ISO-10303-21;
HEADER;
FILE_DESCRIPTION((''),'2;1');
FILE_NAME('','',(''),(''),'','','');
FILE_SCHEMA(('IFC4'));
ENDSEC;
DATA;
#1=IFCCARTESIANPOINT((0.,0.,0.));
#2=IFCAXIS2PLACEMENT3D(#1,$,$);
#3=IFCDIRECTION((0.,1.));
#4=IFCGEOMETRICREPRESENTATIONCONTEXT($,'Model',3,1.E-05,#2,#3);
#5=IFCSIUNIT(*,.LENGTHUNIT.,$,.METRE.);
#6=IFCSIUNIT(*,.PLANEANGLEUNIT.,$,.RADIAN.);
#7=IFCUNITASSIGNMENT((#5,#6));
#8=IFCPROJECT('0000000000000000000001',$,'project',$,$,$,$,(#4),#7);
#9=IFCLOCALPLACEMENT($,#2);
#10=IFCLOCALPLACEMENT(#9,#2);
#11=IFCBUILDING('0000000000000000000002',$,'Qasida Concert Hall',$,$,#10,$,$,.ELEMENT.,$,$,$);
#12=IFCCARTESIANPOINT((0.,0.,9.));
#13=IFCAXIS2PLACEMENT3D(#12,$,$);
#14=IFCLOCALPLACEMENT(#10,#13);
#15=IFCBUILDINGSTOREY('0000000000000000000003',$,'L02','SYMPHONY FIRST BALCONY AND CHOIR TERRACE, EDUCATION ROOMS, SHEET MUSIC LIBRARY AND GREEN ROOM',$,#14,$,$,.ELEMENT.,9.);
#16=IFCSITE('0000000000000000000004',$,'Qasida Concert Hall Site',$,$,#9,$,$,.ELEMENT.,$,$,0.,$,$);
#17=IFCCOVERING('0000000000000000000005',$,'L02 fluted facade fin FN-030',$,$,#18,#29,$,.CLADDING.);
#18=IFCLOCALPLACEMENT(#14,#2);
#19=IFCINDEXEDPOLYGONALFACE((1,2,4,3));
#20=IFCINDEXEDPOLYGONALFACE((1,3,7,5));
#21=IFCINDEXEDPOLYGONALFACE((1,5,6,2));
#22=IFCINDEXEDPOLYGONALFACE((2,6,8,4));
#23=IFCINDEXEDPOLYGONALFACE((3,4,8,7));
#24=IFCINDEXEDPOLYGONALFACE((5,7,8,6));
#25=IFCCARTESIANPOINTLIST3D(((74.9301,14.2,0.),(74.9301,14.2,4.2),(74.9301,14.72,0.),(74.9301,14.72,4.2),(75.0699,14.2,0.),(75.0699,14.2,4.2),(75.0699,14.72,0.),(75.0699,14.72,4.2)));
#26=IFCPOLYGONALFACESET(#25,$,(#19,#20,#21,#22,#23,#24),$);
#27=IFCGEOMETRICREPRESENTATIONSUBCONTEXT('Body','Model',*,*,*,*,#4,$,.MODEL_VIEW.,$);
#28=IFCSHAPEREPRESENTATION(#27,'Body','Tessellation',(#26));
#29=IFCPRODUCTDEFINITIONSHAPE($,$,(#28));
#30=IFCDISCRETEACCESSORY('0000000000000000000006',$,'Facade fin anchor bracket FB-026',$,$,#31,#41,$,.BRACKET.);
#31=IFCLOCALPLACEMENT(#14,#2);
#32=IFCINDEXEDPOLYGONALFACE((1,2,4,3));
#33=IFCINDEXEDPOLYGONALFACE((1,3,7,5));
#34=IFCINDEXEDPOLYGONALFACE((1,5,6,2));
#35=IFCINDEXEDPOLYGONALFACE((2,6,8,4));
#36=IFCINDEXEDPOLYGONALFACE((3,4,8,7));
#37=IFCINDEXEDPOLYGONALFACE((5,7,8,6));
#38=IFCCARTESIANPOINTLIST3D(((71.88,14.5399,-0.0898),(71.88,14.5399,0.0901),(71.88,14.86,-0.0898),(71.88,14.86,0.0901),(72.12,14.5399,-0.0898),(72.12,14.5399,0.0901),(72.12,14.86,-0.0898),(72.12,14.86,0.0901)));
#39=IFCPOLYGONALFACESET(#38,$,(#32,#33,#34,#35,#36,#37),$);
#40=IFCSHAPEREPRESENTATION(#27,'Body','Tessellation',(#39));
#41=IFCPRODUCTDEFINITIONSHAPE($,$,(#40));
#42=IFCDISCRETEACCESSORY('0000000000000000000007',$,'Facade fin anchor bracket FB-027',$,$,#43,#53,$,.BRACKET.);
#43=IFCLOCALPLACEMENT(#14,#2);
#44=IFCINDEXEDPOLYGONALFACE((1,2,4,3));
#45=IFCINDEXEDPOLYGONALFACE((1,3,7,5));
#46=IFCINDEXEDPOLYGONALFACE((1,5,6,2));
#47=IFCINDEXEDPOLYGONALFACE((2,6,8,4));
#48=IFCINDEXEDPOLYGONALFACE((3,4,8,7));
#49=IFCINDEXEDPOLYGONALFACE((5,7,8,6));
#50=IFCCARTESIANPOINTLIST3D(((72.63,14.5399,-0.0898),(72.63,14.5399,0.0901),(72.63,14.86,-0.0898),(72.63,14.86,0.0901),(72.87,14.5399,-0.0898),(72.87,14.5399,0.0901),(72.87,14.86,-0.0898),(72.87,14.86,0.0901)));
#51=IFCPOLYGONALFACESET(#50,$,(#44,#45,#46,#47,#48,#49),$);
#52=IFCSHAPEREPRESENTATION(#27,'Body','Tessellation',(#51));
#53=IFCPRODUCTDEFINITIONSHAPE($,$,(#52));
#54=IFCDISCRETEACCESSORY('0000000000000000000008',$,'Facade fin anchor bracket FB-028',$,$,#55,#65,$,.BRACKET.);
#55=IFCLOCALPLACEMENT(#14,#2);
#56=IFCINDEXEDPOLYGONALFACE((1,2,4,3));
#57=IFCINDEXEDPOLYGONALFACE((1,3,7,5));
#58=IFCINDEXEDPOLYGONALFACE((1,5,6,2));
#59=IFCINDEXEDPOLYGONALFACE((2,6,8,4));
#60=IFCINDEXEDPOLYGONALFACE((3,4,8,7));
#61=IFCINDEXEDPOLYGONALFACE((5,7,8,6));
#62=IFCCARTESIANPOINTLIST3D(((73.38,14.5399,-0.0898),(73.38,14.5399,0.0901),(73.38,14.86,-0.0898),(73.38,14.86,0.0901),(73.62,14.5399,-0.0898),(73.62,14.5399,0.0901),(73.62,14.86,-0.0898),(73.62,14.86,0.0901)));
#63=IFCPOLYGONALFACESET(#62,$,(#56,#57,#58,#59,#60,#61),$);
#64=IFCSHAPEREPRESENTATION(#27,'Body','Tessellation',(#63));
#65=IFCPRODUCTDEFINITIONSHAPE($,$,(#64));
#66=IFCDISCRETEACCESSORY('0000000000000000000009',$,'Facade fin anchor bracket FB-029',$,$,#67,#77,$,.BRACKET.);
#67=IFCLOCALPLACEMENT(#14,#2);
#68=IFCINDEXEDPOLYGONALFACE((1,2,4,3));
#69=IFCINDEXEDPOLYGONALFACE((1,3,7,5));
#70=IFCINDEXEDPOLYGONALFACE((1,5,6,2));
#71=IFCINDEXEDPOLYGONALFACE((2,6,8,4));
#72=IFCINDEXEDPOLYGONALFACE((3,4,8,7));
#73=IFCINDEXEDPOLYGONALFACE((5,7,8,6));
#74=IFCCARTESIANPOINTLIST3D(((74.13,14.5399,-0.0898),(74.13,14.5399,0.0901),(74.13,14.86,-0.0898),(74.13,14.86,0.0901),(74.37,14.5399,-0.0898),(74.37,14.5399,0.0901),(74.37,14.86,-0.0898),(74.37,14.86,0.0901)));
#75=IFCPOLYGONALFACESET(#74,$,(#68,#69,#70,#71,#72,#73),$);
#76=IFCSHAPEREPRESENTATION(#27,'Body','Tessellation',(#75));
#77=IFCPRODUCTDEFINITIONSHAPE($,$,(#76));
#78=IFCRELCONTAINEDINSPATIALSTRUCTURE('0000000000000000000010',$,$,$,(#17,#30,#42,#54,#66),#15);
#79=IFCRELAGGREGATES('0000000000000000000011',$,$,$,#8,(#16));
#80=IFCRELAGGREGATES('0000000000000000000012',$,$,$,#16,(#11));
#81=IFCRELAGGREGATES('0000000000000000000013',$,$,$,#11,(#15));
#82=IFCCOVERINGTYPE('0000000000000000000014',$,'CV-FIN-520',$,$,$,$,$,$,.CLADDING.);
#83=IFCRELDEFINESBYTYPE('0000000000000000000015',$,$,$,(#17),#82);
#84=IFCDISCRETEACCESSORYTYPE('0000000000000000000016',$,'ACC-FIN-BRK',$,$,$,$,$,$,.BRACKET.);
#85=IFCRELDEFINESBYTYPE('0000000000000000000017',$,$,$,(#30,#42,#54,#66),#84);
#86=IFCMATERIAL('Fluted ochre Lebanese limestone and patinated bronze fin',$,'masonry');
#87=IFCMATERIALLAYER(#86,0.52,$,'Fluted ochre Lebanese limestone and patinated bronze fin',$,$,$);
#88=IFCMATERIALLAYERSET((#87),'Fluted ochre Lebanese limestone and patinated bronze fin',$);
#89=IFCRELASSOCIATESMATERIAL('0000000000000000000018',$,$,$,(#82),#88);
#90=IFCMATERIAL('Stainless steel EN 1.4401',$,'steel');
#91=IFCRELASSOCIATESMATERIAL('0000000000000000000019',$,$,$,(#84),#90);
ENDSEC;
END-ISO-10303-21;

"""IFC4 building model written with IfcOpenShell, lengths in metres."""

from ifc_helpers import new_model, si_unit, direction, frame, origin, origin_2d, place, context, subcontext, project, spatial, rectangle, extrude, material, layer, layer_set, type_object, element, save


model = new_model("IFC4")

# Units and contexts
model_context = context("Model", 3, precision=1e-05, world=origin(), true_north=direction((0.0, 1.0)))
body_context = subcontext(model_context, "Body", "Model", "MODEL_VIEW")
ifc_project = project(units=[si_unit("LENGTHUNIT", "METRE"), si_unit("PLANEANGLEUNIT", "RADIAN")], contexts=[model_context])

# Site, building, storey
site_placement = place(None, origin())
site = spatial("IfcSite", under=ifc_project, at=site_placement, Name="Qasida Concert Hall Site", CompositionType="ELEMENT", RefElevation=0.0)
building_placement = place(site_placement, origin())
building = spatial("IfcBuilding", under=site, at=building_placement, Name="Qasida Concert Hall", CompositionType="ELEMENT")
storey_placement = place(building_placement, frame((0.0, 0.0, 9.0)))
storey = spatial("IfcBuildingStorey", under=building, at=storey_placement, Name="L02", Description="SYMPHONY FIRST BALCONY AND CHOIR TERRACE, EDUCATION ROOMS, SHEET MUSIC LIBRARY AND GREEN ROOM", CompositionType="ELEMENT", Elevation=9.0)

# Covering
ifc_material_1 = material(Name="Fluted ochre Lebanese limestone and patinated bronze fin", Category="masonry")
ifc_layer_1 = layer(ifc_material_1, 0.52, Name="Fluted ochre Lebanese limestone and patinated bronze fin")
ifc_layer_set_1 = layer_set([ifc_layer_1], Name="Fluted ochre Lebanese limestone and patinated bronze fin")
covering_type = type_object("IfcCoveringType", Name="CV-FIN-520", PredefinedType="CLADDING", material=ifc_layer_set_1)
for number, where, z_axis, x_axis, name in (
    (1, (75.0, 14.46, 0.0), (0.0, 0.0, 1.0), (1.0, 0.0, 0.0), "L02 fluted facade fin FN-030"),
):
    element("IfcCovering", number, at=place(storey_placement, frame(where, z_axis=z_axis, x_axis=x_axis)), inside=storey, type_object=covering_type, Name=name, PredefinedType="CLADDING", context=body_context, shape_type="SweptSolid", body=[
        extrude(rectangle(XDim=0.1399, YDim=0.52, at=origin_2d()), origin(), (0.0, 0.0, 1.0), 4.2),
    ])

# Discrete accessories
ifc_material_2 = material(Name="Stainless steel EN 1.4401", Category="steel")
discrete_accessory_type = type_object("IfcDiscreteAccessoryType", Name="ACC-FIN-BRK", PredefinedType="BRACKET", material=ifc_material_2)
for number, where, z_axis, x_axis, name in (
    (2, (72.0, 14.7, -0.0898), (0.0, 0.0, 1.0), (1.0, 0.0, 0.0), "Facade fin anchor bracket FB-026"),
    (3, (72.75, 14.7, -0.0898), (0.0, 0.0, 1.0), (1.0, 0.0, 0.0), "Facade fin anchor bracket FB-027"),
    (4, (73.5, 14.7, -0.0898), (0.0, 0.0, 1.0), (1.0, 0.0, 0.0), "Facade fin anchor bracket FB-028"),
    (5, (74.25, 14.7, -0.0898), (0.0, 0.0, 1.0), (1.0, 0.0, 0.0), "Facade fin anchor bracket FB-029"),
):
    element("IfcDiscreteAccessory", number, at=place(storey_placement, frame(where, z_axis=z_axis, x_axis=x_axis)), inside=storey, type_object=discrete_accessory_type, Name=name, PredefinedType="BRACKET", context=body_context, shape_type="SweptSolid", body=[
        extrude(rectangle(XDim=0.24, YDim=0.3201, at=origin_2d()), origin(), (0.0, 0.0, 1.0), 0.1799),
    ])

save(model, "model.ifc")
